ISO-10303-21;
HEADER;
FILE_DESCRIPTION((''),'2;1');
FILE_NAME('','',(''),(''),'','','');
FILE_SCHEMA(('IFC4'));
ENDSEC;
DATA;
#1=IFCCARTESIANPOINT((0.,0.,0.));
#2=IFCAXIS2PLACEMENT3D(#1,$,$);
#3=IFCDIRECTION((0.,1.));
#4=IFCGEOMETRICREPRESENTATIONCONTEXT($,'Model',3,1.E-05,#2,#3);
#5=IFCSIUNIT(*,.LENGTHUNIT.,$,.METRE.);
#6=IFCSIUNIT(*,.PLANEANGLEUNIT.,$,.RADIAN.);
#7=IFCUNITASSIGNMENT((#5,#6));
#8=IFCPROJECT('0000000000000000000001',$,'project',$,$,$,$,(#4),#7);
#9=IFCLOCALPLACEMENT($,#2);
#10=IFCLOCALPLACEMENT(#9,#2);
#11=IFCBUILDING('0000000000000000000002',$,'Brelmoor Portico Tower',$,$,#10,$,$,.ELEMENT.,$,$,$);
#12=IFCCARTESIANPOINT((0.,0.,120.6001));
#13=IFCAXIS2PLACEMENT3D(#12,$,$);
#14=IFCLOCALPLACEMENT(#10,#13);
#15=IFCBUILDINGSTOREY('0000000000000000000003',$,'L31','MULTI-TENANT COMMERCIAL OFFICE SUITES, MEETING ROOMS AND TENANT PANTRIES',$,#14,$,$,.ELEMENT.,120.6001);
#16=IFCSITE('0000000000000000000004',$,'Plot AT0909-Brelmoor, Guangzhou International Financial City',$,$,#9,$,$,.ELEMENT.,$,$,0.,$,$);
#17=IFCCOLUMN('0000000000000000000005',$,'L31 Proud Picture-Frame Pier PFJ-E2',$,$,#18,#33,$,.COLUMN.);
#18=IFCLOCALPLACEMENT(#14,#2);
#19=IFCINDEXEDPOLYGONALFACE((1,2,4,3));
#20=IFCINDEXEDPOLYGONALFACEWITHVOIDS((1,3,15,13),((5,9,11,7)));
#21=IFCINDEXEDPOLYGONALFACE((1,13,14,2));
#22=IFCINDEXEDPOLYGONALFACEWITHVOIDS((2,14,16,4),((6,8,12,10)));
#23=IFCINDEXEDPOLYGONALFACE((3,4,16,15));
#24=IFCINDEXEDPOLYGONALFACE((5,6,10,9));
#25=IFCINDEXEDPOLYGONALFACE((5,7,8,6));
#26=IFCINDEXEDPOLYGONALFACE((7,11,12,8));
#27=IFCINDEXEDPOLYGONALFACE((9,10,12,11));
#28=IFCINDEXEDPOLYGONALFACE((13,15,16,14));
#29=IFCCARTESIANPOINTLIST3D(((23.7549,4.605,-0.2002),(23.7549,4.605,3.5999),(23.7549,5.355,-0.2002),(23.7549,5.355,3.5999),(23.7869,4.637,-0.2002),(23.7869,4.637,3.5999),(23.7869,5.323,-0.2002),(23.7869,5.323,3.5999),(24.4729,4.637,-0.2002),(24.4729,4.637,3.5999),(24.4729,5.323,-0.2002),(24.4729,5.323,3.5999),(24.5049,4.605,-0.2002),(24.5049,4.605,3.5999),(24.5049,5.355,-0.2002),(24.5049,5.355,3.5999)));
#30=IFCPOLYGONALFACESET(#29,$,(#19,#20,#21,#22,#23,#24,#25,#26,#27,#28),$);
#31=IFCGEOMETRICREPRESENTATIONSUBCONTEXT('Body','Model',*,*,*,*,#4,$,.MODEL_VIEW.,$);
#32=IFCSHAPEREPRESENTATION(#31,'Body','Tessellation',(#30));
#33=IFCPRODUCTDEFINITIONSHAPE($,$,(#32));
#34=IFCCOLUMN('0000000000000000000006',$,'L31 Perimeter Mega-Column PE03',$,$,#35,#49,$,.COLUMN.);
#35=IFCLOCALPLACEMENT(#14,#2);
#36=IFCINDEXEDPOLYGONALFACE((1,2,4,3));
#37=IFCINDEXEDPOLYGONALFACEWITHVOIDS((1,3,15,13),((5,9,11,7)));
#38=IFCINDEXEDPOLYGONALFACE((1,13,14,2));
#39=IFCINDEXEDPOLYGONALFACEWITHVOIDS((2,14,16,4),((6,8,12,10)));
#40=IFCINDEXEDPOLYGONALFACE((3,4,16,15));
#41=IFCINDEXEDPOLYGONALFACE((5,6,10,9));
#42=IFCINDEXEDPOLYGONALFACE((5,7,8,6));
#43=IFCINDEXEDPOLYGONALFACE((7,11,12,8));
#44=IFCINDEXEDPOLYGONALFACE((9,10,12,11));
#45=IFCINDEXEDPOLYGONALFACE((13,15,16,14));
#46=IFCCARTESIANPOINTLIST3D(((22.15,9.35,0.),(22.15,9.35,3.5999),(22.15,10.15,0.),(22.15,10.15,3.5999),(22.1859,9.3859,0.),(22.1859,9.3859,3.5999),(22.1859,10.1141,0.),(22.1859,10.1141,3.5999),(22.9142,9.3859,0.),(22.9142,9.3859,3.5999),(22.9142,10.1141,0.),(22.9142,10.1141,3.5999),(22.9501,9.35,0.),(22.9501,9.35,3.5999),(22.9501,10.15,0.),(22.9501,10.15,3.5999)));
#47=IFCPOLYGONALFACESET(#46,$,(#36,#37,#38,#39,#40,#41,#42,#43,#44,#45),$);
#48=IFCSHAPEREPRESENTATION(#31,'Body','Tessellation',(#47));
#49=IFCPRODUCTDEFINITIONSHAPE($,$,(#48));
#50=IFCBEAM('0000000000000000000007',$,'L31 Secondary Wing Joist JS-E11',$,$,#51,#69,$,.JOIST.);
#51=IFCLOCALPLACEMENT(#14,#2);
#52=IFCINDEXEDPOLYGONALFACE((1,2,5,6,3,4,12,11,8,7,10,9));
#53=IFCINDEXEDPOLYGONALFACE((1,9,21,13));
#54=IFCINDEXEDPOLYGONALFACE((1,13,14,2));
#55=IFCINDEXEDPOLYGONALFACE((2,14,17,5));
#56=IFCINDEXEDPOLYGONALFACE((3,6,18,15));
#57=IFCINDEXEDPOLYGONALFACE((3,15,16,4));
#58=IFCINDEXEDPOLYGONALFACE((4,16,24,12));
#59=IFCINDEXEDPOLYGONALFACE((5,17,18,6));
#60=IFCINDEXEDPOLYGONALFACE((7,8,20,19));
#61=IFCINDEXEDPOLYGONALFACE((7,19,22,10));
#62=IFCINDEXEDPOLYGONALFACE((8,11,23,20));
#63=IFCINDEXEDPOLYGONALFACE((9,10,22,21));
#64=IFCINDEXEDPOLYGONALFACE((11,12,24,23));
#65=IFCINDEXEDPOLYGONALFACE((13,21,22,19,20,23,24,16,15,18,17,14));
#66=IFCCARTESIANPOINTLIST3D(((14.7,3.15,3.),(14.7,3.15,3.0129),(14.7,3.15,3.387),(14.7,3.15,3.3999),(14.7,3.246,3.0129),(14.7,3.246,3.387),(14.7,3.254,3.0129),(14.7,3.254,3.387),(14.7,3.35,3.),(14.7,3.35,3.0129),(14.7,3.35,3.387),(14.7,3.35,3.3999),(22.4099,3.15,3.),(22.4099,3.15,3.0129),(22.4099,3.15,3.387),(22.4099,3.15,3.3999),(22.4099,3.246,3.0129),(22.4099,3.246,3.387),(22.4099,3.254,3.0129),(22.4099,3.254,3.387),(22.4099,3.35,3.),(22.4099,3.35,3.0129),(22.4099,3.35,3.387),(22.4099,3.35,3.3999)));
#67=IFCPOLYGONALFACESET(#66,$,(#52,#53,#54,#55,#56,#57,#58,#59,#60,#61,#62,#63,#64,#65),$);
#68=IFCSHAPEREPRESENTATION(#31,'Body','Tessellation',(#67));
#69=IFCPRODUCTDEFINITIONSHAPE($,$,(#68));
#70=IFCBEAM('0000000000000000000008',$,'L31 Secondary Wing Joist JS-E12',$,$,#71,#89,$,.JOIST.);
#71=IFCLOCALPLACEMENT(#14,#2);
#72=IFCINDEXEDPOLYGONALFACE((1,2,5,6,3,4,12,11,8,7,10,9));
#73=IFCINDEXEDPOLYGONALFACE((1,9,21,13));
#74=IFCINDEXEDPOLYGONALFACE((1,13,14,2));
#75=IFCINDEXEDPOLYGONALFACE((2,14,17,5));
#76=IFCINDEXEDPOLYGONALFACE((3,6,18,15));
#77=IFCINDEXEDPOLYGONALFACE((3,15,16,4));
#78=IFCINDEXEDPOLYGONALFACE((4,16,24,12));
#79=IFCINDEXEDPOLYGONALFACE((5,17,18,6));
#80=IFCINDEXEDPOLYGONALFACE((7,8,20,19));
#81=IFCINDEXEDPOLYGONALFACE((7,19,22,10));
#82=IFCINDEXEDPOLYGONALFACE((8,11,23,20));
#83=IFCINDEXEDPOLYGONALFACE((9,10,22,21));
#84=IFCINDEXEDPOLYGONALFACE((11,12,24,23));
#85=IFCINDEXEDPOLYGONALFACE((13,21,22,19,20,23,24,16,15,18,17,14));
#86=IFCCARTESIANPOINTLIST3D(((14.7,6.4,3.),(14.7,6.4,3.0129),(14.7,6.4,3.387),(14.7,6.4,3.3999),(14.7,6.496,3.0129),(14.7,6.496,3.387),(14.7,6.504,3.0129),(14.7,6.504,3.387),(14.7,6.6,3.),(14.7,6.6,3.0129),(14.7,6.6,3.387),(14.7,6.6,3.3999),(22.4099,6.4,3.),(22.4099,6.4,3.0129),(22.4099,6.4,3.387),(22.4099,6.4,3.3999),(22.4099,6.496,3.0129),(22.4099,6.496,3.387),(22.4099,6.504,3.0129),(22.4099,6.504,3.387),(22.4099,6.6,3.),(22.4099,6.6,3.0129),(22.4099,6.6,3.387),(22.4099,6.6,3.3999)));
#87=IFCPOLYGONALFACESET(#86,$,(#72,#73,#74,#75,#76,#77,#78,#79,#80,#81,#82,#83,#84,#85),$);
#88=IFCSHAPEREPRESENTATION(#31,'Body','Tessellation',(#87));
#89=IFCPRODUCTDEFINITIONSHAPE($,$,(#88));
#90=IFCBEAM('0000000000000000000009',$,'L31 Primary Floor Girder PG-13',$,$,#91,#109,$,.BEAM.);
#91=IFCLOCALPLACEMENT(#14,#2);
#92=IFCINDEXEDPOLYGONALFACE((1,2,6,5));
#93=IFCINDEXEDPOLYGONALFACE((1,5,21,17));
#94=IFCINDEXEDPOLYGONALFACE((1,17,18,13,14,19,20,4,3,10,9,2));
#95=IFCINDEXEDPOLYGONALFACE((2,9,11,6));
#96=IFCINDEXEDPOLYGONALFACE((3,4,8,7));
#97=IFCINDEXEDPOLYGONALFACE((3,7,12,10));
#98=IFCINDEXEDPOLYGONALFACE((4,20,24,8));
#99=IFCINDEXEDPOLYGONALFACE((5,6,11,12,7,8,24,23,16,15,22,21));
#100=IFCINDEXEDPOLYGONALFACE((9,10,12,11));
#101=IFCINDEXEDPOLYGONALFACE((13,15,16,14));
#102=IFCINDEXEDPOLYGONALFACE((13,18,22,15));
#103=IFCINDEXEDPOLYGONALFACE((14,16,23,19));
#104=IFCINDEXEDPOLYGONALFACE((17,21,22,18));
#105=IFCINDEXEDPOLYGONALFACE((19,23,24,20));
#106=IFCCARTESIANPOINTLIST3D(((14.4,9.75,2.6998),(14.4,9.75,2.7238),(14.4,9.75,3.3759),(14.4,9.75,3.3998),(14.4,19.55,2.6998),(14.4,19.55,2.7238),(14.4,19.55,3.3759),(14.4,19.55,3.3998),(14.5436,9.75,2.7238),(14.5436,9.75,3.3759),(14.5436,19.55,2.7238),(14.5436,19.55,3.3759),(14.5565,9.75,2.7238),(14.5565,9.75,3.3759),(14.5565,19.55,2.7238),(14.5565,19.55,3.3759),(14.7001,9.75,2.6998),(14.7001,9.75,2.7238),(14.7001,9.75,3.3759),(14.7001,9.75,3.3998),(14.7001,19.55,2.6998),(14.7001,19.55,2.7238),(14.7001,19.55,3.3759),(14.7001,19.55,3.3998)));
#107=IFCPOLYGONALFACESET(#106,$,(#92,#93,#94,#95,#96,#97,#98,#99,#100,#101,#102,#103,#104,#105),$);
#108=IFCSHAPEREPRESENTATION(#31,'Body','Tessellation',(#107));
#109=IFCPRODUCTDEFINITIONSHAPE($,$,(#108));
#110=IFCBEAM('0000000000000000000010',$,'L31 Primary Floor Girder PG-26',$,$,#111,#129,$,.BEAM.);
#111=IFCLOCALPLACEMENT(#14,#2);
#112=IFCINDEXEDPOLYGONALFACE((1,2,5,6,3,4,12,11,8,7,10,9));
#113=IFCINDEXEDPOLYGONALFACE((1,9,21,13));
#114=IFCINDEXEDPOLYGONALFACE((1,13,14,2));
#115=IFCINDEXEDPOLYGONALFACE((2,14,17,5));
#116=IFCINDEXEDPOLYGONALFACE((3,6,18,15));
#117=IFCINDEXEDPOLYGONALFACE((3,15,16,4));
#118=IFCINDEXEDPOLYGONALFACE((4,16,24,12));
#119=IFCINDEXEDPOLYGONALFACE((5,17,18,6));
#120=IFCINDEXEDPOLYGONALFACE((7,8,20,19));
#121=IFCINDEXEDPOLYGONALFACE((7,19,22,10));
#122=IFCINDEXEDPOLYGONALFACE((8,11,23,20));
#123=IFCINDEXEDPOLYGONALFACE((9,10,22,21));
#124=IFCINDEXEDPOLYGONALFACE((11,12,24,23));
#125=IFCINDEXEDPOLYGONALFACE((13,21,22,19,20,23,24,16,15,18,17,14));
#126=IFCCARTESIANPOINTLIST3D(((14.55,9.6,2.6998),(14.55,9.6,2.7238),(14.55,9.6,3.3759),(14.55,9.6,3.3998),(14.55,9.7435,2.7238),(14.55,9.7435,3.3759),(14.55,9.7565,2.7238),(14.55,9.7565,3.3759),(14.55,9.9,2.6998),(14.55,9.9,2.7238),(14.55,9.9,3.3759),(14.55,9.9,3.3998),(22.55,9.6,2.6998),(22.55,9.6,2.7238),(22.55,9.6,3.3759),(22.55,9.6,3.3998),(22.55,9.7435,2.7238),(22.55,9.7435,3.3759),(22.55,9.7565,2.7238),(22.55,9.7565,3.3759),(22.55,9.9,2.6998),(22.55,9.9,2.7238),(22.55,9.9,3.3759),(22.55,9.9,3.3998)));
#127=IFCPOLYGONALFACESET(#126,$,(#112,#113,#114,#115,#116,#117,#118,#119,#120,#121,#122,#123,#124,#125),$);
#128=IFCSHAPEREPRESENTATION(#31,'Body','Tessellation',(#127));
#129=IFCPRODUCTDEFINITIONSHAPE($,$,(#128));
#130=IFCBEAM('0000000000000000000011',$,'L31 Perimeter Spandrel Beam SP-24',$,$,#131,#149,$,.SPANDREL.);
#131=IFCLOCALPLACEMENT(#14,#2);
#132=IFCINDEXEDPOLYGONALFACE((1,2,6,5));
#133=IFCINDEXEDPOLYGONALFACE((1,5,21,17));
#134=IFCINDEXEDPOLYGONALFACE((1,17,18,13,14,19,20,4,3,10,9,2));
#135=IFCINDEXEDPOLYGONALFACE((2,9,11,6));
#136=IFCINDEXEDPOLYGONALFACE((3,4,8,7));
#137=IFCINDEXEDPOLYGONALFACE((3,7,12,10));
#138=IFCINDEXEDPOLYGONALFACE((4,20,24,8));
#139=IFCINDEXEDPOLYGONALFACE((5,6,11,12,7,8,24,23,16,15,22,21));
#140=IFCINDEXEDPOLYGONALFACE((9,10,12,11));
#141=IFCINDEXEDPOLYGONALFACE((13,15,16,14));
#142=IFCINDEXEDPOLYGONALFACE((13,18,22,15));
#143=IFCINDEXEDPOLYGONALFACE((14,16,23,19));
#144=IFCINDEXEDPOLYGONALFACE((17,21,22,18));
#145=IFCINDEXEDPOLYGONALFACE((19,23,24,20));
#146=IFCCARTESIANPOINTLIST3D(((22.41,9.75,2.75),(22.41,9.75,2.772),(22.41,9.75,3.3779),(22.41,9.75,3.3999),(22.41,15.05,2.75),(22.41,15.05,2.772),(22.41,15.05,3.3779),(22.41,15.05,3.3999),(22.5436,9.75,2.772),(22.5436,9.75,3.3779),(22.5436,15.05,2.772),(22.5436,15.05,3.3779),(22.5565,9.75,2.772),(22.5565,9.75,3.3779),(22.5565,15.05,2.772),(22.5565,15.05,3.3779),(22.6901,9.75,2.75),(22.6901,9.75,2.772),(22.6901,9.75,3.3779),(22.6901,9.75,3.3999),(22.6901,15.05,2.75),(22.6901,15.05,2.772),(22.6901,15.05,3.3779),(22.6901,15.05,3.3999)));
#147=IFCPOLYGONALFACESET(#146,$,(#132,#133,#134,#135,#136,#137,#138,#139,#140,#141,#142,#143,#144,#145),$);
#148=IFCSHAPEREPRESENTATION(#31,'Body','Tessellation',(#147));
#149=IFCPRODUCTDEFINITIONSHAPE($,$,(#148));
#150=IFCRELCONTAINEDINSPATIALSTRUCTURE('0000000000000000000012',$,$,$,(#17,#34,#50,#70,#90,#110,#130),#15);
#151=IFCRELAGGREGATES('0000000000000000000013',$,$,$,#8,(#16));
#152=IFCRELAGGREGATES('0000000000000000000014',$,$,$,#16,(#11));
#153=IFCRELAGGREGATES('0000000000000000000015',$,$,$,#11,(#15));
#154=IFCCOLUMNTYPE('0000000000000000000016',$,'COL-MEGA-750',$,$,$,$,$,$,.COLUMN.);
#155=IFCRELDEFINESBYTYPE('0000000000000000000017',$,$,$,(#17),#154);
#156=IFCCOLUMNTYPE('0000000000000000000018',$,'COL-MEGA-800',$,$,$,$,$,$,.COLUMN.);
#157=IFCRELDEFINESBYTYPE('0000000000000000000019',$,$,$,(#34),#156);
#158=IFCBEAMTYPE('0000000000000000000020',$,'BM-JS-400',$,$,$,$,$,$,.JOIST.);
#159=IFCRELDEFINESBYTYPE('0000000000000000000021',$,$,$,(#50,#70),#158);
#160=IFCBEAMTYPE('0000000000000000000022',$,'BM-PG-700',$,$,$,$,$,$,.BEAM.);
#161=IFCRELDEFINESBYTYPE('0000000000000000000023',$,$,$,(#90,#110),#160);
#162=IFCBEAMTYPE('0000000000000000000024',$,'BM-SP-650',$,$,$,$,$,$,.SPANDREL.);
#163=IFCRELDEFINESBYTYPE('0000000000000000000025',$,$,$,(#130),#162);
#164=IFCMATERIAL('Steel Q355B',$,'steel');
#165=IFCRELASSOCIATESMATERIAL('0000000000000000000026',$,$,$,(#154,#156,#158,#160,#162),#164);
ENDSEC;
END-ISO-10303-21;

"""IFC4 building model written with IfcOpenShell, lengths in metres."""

from ifc_helpers import new_model, si_unit, direction, frame, origin, origin_2d, place, context, subcontext, project, spatial, hollow_rectangle, i_section, extrude, material, material_profile, profile_set, type_object, element, save


model = new_model("IFC4")

# Units and contexts
model_context = context("Model", 3, precision=1e-05, world=origin(), true_north=direction((0.0, 1.0)))
body_context = subcontext(model_context, "Body", "Model", "MODEL_VIEW")
ifc_project = project(units=[si_unit("LENGTHUNIT", "METRE"), si_unit("PLANEANGLEUNIT", "RADIAN")], contexts=[model_context])

# Site, building, storey
site_placement = place(None, origin())
site = spatial("IfcSite", under=ifc_project, at=site_placement, Name="Plot AT0909-Brelmoor, Guangzhou International Financial City", CompositionType="ELEMENT", RefElevation=0.0)
building_placement = place(site_placement, origin())
building = spatial("IfcBuilding", under=site, at=building_placement, Name="Brelmoor Portico Tower", CompositionType="ELEMENT")
storey_placement = place(building_placement, frame((0.0, 0.0, 120.6001)))
storey = spatial("IfcBuildingStorey", under=building, at=storey_placement, Name="L31", Description="MULTI-TENANT COMMERCIAL OFFICE SUITES, MEETING ROOMS AND TENANT PANTRIES", CompositionType="ELEMENT", Elevation=120.6001)

# Columns
ifc_material_1 = material(Name="Steel Q355B", Category="steel")
ifc_material_profile_1 = material_profile(ifc_material_1, hollow_rectangle(XDim=0.75, YDim=0.75, WallThickness=0.032, at=origin_2d()), Name="BOX 750x750x32")
ifc_profile_set_1 = profile_set([ifc_material_profile_1], Name="Steel Q355B")
column_type_1 = type_object("IfcColumnType", Name="COL-MEGA-750", PredefinedType="COLUMN", material=ifc_profile_set_1)
column_1_placement = place(storey_placement, frame((24.1299, 4.98, -0.2002), z_axis=(0.0, 0.0, 1.0), x_axis=(0.0, 1.0, 0.0)))
element("IfcColumn", 1, at=column_1_placement, inside=storey, type_object=column_type_1, Name="L31 Proud Picture-Frame Pier PFJ-E2", PredefinedType="COLUMN", context=body_context, shape_type="SweptSolid", body=[
    extrude(hollow_rectangle(XDim=0.75, YDim=0.75, WallThickness=0.032, at=origin_2d()), origin(), (0.0, 0.0, 1.0), 3.8),
])
ifc_material_profile_2 = material_profile(ifc_material_1, hollow_rectangle(XDim=0.8, YDim=0.8, WallThickness=0.0359, at=origin_2d()), Name="BOX 800x800x36")
ifc_profile_set_2 = profile_set([ifc_material_profile_2], Name="Steel Q355B")
column_type_2 = type_object("IfcColumnType", Name="COL-MEGA-800", PredefinedType="COLUMN", material=ifc_profile_set_2)
column_2_placement = place(storey_placement, frame((22.55, 9.75, 0.0), z_axis=(0.0, 0.0, 1.0), x_axis=(0.0, 1.0, 0.0)))
element("IfcColumn", 2, at=column_2_placement, inside=storey, type_object=column_type_2, Name="L31 Perimeter Mega-Column PE03", PredefinedType="COLUMN", context=body_context, shape_type="SweptSolid", body=[
    extrude(hollow_rectangle(XDim=0.8, YDim=0.8, WallThickness=0.0359, at=origin_2d()), origin(), (0.0, 0.0, 1.0), 3.5999),
])

# Beams
ifc_material_profile_3 = material_profile(ifc_material_1, i_section(OverallWidth=0.2, OverallDepth=0.3999, WebThickness=0.0081, FlangeThickness=0.0129, at=origin_2d()), Name="HN 400x200x8x13")
ifc_profile_set_3 = profile_set([ifc_material_profile_3], Name="Steel Q355B")
beam_type_1 = type_object("IfcBeamType", Name="BM-JS-400", PredefinedType="JOIST", material=ifc_profile_set_3)
for number, where, z_axis, x_axis, name in (
    (3, (14.7, 3.25, 3.2), (1.0, 0.0, 0.0), (0.0, 1.0, 0.0), "L31 Secondary Wing Joist JS-E11"),
    (4, (14.7, 6.5, 3.2), (1.0, 0.0, 0.0), (0.0, 1.0, 0.0), "L31 Secondary Wing Joist JS-E12"),
):
    element("IfcBeam", number, at=place(storey_placement, frame(where, z_axis=z_axis, x_axis=x_axis)), inside=storey, type_object=beam_type_1, Name=name, PredefinedType="JOIST", context=body_context, shape_type="SweptSolid", body=[
        extrude(i_section(OverallWidth=0.2, OverallDepth=0.3999, WebThickness=0.0081, FlangeThickness=0.0129, at=origin_2d()), origin(), (0.0, 0.0, 1.0), 7.71),
    ])
ifc_material_profile_4 = material_profile(ifc_material_1, i_section(OverallWidth=0.3, OverallDepth=0.7, WebThickness=0.0129, FlangeThickness=0.0239, at=origin_2d()), Name="HN 700x300x13x24")
ifc_profile_set_4 = profile_set([ifc_material_profile_4], Name="Steel Q355B")
beam_type_2 = type_object("IfcBeamType", Name="BM-PG-700", PredefinedType="BEAM", material=ifc_profile_set_4)
beam_1_placement = place(storey_placement, frame((14.55, 9.75, 3.0498), z_axis=(0.0, 1.0, 0.0), x_axis=(-1.0, 0.0, 0.0)))
element("IfcBeam", 5, at=beam_1_placement, inside=storey, type_object=beam_type_2, Name="L31 Primary Floor Girder PG-13", PredefinedType="BEAM", context=body_context, shape_type="SweptSolid", body=[
    extrude(i_section(OverallWidth=0.3, OverallDepth=0.7, WebThickness=0.0129, FlangeThickness=0.0239, at=origin_2d()), origin(), (0.0, 0.0, 1.0), 9.8),
])
beam_2_placement = place(storey_placement, frame((14.55, 9.75, 3.0498), z_axis=(1.0, 0.0, 0.0), x_axis=(0.0, 1.0, 0.0)))
element("IfcBeam", 6, at=beam_2_placement, inside=storey, type_object=beam_type_2, Name="L31 Primary Floor Girder PG-26", PredefinedType="BEAM", context=body_context, shape_type="SweptSolid", body=[
    extrude(i_section(OverallWidth=0.3, OverallDepth=0.7, WebThickness=0.0129, FlangeThickness=0.0239, at=origin_2d()), origin(), (0.0, 0.0, 1.0), 8.0),
])
ifc_material_profile_5 = material_profile(ifc_material_1, i_section(OverallWidth=0.28, OverallDepth=0.6499, WebThickness=0.0129, FlangeThickness=0.022, at=origin_2d()), Name="HN 650x280x13x22")
ifc_profile_set_5 = profile_set([ifc_material_profile_5], Name="Steel Q355B")
beam_type_3 = type_object("IfcBeamType", Name="BM-SP-650", PredefinedType="SPANDREL", material=ifc_profile_set_5)
beam_3_placement = place(storey_placement, frame((22.55, 9.75, 3.075), z_axis=(0.0, 1.0, 0.0), x_axis=(-1.0, 0.0, 0.0)))
element("IfcBeam", 7, at=beam_3_placement, inside=storey, type_object=beam_type_3, Name="L31 Perimeter Spandrel Beam SP-24", PredefinedType="SPANDREL", context=body_context, shape_type="SweptSolid", body=[
    extrude(i_section(OverallWidth=0.28, OverallDepth=0.6499, WebThickness=0.0129, FlangeThickness=0.022, at=origin_2d()), origin(), (0.0, 0.0, 1.0), 5.3),
])

save(model, "model.ifc")
